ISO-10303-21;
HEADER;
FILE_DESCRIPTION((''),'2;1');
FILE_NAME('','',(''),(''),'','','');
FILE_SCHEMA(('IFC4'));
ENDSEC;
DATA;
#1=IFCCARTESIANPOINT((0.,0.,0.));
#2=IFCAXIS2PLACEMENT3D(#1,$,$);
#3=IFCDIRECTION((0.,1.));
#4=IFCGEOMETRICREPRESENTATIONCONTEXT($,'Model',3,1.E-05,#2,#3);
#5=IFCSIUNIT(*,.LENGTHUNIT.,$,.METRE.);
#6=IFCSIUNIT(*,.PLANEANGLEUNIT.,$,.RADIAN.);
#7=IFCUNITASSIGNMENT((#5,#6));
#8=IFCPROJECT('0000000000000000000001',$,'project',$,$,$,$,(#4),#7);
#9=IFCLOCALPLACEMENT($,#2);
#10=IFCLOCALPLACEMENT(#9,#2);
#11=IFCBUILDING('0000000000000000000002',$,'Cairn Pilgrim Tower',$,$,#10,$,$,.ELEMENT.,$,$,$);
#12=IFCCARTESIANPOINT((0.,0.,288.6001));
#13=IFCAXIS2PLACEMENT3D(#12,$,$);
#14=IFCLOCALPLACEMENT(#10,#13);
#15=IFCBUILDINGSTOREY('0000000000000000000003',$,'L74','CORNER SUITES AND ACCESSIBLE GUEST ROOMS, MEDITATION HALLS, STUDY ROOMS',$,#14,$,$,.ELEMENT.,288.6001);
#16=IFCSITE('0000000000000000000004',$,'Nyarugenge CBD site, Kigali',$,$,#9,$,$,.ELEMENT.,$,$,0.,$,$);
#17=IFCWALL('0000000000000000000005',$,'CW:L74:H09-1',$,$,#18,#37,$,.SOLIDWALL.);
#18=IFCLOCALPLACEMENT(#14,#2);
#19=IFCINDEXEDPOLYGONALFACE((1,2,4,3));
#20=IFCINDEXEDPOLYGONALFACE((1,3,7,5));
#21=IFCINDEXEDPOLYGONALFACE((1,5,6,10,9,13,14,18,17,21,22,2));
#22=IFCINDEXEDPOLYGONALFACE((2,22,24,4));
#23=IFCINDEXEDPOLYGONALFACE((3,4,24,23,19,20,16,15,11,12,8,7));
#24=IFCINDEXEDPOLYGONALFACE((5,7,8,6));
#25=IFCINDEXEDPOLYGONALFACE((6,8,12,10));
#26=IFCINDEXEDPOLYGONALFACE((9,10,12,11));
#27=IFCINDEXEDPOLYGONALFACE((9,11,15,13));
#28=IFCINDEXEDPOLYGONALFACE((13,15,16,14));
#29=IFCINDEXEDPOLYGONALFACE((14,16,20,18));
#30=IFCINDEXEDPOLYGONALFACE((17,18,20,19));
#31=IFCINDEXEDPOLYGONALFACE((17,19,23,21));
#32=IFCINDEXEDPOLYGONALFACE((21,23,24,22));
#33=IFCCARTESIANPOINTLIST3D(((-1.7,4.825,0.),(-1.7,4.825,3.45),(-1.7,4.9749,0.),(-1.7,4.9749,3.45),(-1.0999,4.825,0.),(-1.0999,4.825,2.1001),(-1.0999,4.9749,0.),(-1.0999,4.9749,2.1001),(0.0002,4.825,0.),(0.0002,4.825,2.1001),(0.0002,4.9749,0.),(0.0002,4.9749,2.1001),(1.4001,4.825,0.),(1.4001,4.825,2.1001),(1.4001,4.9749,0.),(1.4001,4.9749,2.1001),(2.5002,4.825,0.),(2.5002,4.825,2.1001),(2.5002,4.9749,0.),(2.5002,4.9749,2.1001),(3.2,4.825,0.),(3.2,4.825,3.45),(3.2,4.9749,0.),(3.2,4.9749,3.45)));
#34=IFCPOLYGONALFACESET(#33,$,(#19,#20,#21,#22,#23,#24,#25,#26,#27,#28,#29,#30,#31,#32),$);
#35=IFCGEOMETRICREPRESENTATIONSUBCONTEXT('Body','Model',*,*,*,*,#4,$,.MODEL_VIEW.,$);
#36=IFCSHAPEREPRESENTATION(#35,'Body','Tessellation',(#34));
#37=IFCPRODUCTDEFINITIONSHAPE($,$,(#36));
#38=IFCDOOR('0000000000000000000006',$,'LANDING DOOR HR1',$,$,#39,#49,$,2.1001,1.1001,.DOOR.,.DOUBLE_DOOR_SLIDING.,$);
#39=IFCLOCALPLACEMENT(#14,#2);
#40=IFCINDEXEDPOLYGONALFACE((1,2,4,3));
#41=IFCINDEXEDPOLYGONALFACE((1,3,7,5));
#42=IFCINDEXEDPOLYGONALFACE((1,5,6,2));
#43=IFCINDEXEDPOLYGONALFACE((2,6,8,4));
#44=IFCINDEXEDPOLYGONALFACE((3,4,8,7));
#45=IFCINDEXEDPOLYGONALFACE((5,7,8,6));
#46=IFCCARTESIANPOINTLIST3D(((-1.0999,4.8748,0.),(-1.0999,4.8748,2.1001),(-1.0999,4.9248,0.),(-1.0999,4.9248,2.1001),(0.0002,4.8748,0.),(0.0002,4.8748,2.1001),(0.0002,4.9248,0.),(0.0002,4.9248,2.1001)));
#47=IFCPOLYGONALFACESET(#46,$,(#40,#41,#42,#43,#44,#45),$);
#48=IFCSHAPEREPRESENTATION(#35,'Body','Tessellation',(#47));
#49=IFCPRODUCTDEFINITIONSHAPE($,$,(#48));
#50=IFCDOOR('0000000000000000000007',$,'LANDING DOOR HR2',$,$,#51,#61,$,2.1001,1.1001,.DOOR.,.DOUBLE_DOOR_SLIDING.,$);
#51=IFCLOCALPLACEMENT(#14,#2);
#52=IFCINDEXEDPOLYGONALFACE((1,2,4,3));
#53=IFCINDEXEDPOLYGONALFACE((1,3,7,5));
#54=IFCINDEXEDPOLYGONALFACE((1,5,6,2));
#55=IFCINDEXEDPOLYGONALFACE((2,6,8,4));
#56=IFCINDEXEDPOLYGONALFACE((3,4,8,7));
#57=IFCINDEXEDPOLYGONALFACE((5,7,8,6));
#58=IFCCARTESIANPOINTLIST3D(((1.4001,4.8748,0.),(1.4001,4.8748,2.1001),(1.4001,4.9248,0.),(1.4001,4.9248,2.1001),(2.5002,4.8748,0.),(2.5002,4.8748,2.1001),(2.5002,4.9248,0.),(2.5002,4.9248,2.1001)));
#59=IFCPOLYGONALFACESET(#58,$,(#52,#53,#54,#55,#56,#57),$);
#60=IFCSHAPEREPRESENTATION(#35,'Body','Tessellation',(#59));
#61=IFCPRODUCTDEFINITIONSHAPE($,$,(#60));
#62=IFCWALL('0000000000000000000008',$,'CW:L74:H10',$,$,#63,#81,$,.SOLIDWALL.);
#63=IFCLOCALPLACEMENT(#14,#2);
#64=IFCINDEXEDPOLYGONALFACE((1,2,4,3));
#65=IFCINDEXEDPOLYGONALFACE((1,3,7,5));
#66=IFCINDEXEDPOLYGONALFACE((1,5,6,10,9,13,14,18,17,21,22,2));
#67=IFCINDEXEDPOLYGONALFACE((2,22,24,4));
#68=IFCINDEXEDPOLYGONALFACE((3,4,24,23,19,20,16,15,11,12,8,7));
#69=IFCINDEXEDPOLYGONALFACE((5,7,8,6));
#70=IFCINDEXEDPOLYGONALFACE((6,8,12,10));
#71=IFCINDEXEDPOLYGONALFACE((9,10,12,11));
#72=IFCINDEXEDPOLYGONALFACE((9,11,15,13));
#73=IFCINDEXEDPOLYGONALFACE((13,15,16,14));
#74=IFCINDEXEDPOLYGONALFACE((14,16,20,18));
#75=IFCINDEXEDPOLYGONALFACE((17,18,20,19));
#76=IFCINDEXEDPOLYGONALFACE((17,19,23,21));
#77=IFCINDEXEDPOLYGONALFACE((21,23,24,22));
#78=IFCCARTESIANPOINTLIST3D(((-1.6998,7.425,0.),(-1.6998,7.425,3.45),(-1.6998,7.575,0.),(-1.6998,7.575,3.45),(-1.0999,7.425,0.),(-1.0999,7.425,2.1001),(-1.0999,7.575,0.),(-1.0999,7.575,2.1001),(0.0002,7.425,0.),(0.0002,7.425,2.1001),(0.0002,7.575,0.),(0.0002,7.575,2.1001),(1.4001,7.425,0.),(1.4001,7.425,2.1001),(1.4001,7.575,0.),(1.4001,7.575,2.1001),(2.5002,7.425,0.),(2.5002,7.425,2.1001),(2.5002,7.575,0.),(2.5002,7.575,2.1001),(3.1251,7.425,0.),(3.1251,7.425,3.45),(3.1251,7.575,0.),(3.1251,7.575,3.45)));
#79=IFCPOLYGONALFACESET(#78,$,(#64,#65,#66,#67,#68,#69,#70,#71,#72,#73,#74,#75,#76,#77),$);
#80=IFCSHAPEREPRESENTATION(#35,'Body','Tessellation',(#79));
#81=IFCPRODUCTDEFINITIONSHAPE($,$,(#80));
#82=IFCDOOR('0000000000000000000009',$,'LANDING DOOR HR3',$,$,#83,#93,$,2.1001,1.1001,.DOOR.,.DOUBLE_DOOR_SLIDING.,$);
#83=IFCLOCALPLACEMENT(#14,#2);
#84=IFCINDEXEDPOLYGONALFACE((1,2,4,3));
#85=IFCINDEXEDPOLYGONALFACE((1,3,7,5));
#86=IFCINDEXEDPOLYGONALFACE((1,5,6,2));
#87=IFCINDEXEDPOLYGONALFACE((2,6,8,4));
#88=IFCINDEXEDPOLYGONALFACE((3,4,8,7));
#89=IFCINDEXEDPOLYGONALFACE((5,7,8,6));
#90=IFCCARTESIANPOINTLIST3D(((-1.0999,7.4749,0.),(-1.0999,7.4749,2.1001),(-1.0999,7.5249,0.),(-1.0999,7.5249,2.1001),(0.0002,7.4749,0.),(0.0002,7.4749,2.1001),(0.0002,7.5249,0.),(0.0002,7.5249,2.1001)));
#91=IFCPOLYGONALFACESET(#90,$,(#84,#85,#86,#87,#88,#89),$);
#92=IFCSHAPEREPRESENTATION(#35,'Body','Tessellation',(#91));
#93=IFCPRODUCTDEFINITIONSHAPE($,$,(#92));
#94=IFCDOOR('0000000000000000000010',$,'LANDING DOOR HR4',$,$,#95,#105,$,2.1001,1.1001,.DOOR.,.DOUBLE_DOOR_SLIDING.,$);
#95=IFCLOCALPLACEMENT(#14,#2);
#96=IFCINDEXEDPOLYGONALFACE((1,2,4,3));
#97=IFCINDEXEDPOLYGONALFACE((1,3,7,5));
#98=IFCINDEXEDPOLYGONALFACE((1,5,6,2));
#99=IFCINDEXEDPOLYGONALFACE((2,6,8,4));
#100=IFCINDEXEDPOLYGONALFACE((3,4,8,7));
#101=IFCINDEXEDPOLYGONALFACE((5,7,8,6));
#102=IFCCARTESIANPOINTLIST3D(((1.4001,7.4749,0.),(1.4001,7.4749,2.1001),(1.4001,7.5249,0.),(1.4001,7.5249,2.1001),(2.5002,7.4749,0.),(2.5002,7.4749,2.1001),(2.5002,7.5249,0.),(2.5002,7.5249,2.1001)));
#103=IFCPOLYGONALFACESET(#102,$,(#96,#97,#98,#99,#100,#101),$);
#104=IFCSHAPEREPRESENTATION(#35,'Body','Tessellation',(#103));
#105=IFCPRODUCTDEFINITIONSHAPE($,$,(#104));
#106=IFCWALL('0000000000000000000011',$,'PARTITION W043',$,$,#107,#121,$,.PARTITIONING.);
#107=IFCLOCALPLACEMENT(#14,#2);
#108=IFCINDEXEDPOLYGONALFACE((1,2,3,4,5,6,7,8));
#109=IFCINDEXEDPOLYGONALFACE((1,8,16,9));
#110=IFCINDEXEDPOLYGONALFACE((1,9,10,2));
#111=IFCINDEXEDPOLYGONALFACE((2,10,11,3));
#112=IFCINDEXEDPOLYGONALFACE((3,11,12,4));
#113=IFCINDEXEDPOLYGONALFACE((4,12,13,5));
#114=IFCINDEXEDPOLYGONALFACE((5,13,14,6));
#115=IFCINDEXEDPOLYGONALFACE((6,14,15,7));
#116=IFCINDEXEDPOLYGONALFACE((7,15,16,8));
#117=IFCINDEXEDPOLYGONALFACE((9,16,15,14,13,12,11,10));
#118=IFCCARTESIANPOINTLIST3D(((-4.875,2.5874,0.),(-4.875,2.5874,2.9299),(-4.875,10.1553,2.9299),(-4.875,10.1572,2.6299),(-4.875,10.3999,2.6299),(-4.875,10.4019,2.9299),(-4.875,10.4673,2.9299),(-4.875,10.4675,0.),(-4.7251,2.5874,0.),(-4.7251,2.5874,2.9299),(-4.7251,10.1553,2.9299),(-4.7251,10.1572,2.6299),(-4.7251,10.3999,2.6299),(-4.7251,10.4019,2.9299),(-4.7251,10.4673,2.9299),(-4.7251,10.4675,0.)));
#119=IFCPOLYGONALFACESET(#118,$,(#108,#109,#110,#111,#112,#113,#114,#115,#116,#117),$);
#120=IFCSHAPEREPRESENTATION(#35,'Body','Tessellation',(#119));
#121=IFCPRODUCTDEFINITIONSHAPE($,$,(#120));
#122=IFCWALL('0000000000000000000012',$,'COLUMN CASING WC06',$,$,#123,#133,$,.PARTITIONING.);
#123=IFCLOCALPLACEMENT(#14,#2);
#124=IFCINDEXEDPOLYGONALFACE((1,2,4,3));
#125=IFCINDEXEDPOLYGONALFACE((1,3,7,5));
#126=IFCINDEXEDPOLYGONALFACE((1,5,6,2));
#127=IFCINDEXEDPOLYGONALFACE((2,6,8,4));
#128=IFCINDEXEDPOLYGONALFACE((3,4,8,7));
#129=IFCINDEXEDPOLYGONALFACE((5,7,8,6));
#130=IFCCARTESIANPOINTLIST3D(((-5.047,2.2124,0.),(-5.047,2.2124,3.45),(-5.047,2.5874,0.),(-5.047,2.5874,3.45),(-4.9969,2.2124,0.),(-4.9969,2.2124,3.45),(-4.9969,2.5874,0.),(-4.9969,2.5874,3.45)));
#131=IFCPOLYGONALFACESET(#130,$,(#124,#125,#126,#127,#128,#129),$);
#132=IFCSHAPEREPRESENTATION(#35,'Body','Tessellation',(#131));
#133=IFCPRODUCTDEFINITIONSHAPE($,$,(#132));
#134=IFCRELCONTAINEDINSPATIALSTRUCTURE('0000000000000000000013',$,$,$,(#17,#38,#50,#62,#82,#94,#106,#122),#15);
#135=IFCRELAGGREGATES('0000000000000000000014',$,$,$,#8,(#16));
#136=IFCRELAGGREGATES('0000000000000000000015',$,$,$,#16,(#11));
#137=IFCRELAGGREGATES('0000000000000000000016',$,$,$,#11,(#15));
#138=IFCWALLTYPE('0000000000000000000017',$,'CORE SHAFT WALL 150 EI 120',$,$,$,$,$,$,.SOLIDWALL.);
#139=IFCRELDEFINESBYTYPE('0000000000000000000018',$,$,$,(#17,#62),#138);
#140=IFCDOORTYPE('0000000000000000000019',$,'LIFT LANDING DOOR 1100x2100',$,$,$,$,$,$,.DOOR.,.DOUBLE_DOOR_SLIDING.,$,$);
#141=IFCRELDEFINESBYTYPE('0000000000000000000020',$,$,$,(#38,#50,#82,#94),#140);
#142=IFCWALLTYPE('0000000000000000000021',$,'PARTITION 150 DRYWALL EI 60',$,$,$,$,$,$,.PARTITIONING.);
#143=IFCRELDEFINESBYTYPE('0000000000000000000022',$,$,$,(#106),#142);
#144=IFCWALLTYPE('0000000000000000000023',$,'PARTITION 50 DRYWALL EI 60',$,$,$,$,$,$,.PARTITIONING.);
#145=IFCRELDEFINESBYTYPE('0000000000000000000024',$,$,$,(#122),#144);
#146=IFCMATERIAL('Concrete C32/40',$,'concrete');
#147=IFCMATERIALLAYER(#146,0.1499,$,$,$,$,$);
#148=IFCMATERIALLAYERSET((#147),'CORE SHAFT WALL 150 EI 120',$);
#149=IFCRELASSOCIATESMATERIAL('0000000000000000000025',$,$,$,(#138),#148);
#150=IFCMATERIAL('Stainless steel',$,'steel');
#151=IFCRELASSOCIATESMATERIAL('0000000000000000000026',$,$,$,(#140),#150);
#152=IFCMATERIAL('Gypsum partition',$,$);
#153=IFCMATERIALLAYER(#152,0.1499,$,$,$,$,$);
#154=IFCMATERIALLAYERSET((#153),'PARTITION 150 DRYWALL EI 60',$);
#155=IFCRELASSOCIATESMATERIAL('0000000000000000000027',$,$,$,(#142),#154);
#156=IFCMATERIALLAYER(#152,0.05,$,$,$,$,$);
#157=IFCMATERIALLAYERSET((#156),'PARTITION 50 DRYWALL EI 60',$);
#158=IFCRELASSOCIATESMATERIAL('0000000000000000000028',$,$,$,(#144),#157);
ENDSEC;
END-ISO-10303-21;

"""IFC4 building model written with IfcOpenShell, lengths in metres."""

from ifc_helpers import new_model, si_unit, direction, frame, frame_2d, origin, place, context, subcontext, project, spatial, polyline, rectangle, outline, extrude, material, layer, layer_set, type_object, element, fill, save


model = new_model("IFC4")

# Units and contexts
model_context = context("Model", 3, precision=1e-05, world=origin(), true_north=direction((0.0, 1.0)))
body_context = subcontext(model_context, "Body", "Model", "MODEL_VIEW")
ifc_project = project(units=[si_unit("LENGTHUNIT", "METRE"), si_unit("PLANEANGLEUNIT", "RADIAN")], contexts=[model_context])

# Site, building, storey
site_placement = place(None, origin())
site = spatial("IfcSite", under=ifc_project, at=site_placement, Name="Nyarugenge CBD site, Kigali", CompositionType="ELEMENT", RefElevation=0.0)
building_placement = place(site_placement, origin())
building = spatial("IfcBuilding", under=site, at=building_placement, Name="Cairn Pilgrim Tower", CompositionType="ELEMENT")
storey_placement = place(building_placement, frame((0.0, 0.0, 288.6001)))
storey = spatial("IfcBuildingStorey", under=building, at=storey_placement, Name="L74", Description="CORNER SUITES AND ACCESSIBLE GUEST ROOMS, MEDITATION HALLS, STUDY ROOMS", CompositionType="ELEMENT", Elevation=288.6001)

# Shared definitions
ifc_material_1 = material(Name="Concrete C32/40", Category="concrete")

# Shared definitions
ifc_layer_1 = layer(ifc_material_1, 0.1499)
ifc_layer_set_1 = layer_set([ifc_layer_1], Name="CORE SHAFT WALL 150 EI 120")
wall_type_1 = type_object("IfcWallType", Name="CORE SHAFT WALL 150 EI 120", PredefinedType="SOLIDWALL", material=ifc_layer_set_1)

# Walls, openings, doors
wall_1_placement = place(storey_placement, frame((-1.7, 4.8999, 0.0), z_axis=(0.0, 0.0, 1.0), x_axis=(1.0, 0.0, 0.0)))
wall_1 = element("IfcWall", 1, at=wall_1_placement, inside=storey, type_object=wall_type_1, Name="CW:L74:H09-1", PredefinedType="SOLIDWALL", context=body_context, shape_type="SweptSolid", body=[
    extrude(rectangle(XDim=4.8999, YDim=0.1499, at=frame_2d((2.45, 0.0))), origin(), (0.0, 0.0, 1.0), 3.45),
])
opening_1_placement = place(wall_1_placement, frame((0.6001, 0.0, 0.0)))
opening_1 = element("IfcOpeningElement", 2, at=opening_1_placement, cuts=wall_1, PredefinedType="OPENING", context=body_context, shape_type="SweptSolid", body=[
    extrude(rectangle(XDim=1.1001, YDim=2.1001, at=frame_2d((0.55, 1.05))), frame((0.0, 0.085, 0.0), z_axis=(0.0, -1.0, 0.0), x_axis=(1.0, 0.0, 0.0)), (0.0, 0.0, 1.0), 0.1699),
])
opening_2_placement = place(wall_1_placement, frame((3.1001, 0.0, 0.0)))
opening_2 = element("IfcOpeningElement", 3, at=opening_2_placement, cuts=wall_1, PredefinedType="OPENING", context=body_context, shape_type="SweptSolid", body=[
    extrude(rectangle(XDim=1.1001, YDim=2.1001, at=frame_2d((0.55, 1.05))), frame((0.0, 0.085, 0.0), z_axis=(0.0, -1.0, 0.0), x_axis=(1.0, 0.0, 0.0)), (0.0, 0.0, 1.0), 0.1699),
])
ifc_material_2 = material(Name="Stainless steel", Category="steel")
door_type = type_object("IfcDoorType", Name="LIFT LANDING DOOR 1100x2100", OperationType="DOUBLE_DOOR_SLIDING", PredefinedType="DOOR", material=ifc_material_2)
door_1_placement = place(opening_1_placement, origin())
door_1 = element("IfcDoor", 4, at=door_1_placement, inside=storey, type_object=door_type, Name="LANDING DOOR HR1", OperationType="DOUBLE_DOOR_SLIDING", OverallHeight=2.1001, OverallWidth=1.1001, PredefinedType="DOOR", context=body_context, shape_type="SweptSolid", body=[
    extrude(rectangle(XDim=1.1001, YDim=2.1001, at=frame_2d((0.55, 1.05))), frame((0.0, 0.0249, 0.0), z_axis=(0.0, -1.0, 0.0), x_axis=(1.0, 0.0, 0.0)), (0.0, 0.0, 1.0), 0.05),
])
fill(opening_1, door_1)
door_2_placement = place(opening_2_placement, origin())
door_2 = element("IfcDoor", 5, at=door_2_placement, inside=storey, type_object=door_type, Name="LANDING DOOR HR2", OperationType="DOUBLE_DOOR_SLIDING", OverallHeight=2.1001, OverallWidth=1.1001, PredefinedType="DOOR", context=body_context, shape_type="SweptSolid", body=[
    extrude(rectangle(XDim=1.1001, YDim=2.1001, at=frame_2d((0.55, 1.05))), frame((0.0, 0.0249, 0.0), z_axis=(0.0, -1.0, 0.0), x_axis=(1.0, 0.0, 0.0)), (0.0, 0.0, 1.0), 0.05),
])
fill(opening_2, door_2)
wall_2_placement = place(storey_placement, frame((-1.7, 7.5, 0.0), z_axis=(0.0, 0.0, 1.0), x_axis=(1.0, 0.0, 0.0)))
wall_2 = element("IfcWall", 6, at=wall_2_placement, inside=storey, type_object=wall_type_1, Name="CW:L74:H10", PredefinedType="SOLIDWALL", context=body_context, shape_type="SweptSolid", body=[
    extrude(rectangle(XDim=4.825, YDim=0.1499, at=frame_2d((2.4126, 0.0))), origin(), (0.0, 0.0, 1.0), 3.45),
])
opening_3_placement = place(wall_2_placement, frame((0.6001, 0.0, 0.0)))
opening_3 = element("IfcOpeningElement", 7, at=opening_3_placement, cuts=wall_2, PredefinedType="OPENING", context=body_context, shape_type="SweptSolid", body=[
    extrude(rectangle(XDim=1.1001, YDim=2.1001, at=frame_2d((0.55, 1.05))), frame((0.0, 0.085, 0.0), z_axis=(0.0, -1.0, 0.0), x_axis=(1.0, 0.0, 0.0)), (0.0, 0.0, 1.0), 0.1699),
])
opening_4_placement = place(wall_2_placement, frame((3.1001, 0.0, 0.0)))
opening_4 = element("IfcOpeningElement", 8, at=opening_4_placement, cuts=wall_2, PredefinedType="OPENING", context=body_context, shape_type="SweptSolid", body=[
    extrude(rectangle(XDim=1.1001, YDim=2.1001, at=frame_2d((0.55, 1.05))), frame((0.0, 0.085, 0.0), z_axis=(0.0, -1.0, 0.0), x_axis=(1.0, 0.0, 0.0)), (0.0, 0.0, 1.0), 0.1699),
])
door_3_placement = place(opening_3_placement, origin())
door_3 = element("IfcDoor", 9, at=door_3_placement, inside=storey, type_object=door_type, Name="LANDING DOOR HR3", OperationType="DOUBLE_DOOR_SLIDING", OverallHeight=2.1001, OverallWidth=1.1001, PredefinedType="DOOR", context=body_context, shape_type="SweptSolid", body=[
    extrude(rectangle(XDim=1.1001, YDim=2.1001, at=frame_2d((0.55, 1.05))), frame((0.0, 0.0249, 0.0), z_axis=(0.0, -1.0, 0.0), x_axis=(1.0, 0.0, 0.0)), (0.0, 0.0, 1.0), 0.05),
])
fill(opening_3, door_3)
door_4_placement = place(opening_4_placement, origin())
door_4 = element("IfcDoor", 10, at=door_4_placement, inside=storey, type_object=door_type, Name="LANDING DOOR HR4", OperationType="DOUBLE_DOOR_SLIDING", OverallHeight=2.1001, OverallWidth=1.1001, PredefinedType="DOOR", context=body_context, shape_type="SweptSolid", body=[
    extrude(rectangle(XDim=1.1001, YDim=2.1001, at=frame_2d((0.55, 1.05))), frame((0.0, 0.0249, 0.0), z_axis=(0.0, -1.0, 0.0), x_axis=(1.0, 0.0, 0.0)), (0.0, 0.0, 1.0), 0.05),
])
fill(opening_4, door_4)

# Walls
ifc_material_3 = material(Name="Gypsum partition")
ifc_layer_2 = layer(ifc_material_3, 0.1499)
ifc_layer_set_2 = layer_set([ifc_layer_2], Name="PARTITION 150 DRYWALL EI 60")
wall_type_2 = type_object("IfcWallType", Name="PARTITION 150 DRYWALL EI 60", PredefinedType="PARTITIONING", material=ifc_layer_set_2)
wall_3_placement = place(storey_placement, frame((-4.8, 2.5874, 0.0), z_axis=(0.0, 0.0, 1.0), x_axis=(0.0, 1.0, 0.0)))
element("IfcWall", 11, at=wall_3_placement, inside=storey, type_object=wall_type_2, Name="PARTITION W043", PredefinedType="PARTITIONING", context=body_context, shape_type="SweptSolid", body=[
    extrude(outline(polyline([(0.0, 0.0), (7.8801, 0.0), (7.8799, 2.9299), (7.8145, 2.9299), (7.8125, 2.6299), (7.5698, 2.6299), (7.5679, 2.9299), (0.0, 2.9299), (0.0, 0.0)])), frame((0.0, 0.075, 0.0), z_axis=(0.0, -1.0, 0.0), x_axis=(1.0, 0.0, 0.0)), (0.0, 0.0, 1.0), 0.1499),
])
ifc_layer_3 = layer(ifc_material_3, 0.05)
ifc_layer_set_3 = layer_set([ifc_layer_3], Name="PARTITION 50 DRYWALL EI 60")
wall_type_3 = type_object("IfcWallType", Name="PARTITION 50 DRYWALL EI 60", PredefinedType="PARTITIONING", material=ifc_layer_set_3)
wall_4_placement = place(storey_placement, frame((-5.022, 2.2124, 0.0), z_axis=(0.0, 0.0, 1.0), x_axis=(0.0, 1.0, 0.0)))
element("IfcWall", 12, at=wall_4_placement, inside=storey, type_object=wall_type_3, Name="COLUMN CASING WC06", PredefinedType="PARTITIONING", context=body_context, shape_type="SweptSolid", body=[
    extrude(rectangle(XDim=0.375, YDim=0.05, at=frame_2d((0.1875, 0.0))), origin(), (0.0, 0.0, 1.0), 3.45),
])

save(model, "model.ifc")
